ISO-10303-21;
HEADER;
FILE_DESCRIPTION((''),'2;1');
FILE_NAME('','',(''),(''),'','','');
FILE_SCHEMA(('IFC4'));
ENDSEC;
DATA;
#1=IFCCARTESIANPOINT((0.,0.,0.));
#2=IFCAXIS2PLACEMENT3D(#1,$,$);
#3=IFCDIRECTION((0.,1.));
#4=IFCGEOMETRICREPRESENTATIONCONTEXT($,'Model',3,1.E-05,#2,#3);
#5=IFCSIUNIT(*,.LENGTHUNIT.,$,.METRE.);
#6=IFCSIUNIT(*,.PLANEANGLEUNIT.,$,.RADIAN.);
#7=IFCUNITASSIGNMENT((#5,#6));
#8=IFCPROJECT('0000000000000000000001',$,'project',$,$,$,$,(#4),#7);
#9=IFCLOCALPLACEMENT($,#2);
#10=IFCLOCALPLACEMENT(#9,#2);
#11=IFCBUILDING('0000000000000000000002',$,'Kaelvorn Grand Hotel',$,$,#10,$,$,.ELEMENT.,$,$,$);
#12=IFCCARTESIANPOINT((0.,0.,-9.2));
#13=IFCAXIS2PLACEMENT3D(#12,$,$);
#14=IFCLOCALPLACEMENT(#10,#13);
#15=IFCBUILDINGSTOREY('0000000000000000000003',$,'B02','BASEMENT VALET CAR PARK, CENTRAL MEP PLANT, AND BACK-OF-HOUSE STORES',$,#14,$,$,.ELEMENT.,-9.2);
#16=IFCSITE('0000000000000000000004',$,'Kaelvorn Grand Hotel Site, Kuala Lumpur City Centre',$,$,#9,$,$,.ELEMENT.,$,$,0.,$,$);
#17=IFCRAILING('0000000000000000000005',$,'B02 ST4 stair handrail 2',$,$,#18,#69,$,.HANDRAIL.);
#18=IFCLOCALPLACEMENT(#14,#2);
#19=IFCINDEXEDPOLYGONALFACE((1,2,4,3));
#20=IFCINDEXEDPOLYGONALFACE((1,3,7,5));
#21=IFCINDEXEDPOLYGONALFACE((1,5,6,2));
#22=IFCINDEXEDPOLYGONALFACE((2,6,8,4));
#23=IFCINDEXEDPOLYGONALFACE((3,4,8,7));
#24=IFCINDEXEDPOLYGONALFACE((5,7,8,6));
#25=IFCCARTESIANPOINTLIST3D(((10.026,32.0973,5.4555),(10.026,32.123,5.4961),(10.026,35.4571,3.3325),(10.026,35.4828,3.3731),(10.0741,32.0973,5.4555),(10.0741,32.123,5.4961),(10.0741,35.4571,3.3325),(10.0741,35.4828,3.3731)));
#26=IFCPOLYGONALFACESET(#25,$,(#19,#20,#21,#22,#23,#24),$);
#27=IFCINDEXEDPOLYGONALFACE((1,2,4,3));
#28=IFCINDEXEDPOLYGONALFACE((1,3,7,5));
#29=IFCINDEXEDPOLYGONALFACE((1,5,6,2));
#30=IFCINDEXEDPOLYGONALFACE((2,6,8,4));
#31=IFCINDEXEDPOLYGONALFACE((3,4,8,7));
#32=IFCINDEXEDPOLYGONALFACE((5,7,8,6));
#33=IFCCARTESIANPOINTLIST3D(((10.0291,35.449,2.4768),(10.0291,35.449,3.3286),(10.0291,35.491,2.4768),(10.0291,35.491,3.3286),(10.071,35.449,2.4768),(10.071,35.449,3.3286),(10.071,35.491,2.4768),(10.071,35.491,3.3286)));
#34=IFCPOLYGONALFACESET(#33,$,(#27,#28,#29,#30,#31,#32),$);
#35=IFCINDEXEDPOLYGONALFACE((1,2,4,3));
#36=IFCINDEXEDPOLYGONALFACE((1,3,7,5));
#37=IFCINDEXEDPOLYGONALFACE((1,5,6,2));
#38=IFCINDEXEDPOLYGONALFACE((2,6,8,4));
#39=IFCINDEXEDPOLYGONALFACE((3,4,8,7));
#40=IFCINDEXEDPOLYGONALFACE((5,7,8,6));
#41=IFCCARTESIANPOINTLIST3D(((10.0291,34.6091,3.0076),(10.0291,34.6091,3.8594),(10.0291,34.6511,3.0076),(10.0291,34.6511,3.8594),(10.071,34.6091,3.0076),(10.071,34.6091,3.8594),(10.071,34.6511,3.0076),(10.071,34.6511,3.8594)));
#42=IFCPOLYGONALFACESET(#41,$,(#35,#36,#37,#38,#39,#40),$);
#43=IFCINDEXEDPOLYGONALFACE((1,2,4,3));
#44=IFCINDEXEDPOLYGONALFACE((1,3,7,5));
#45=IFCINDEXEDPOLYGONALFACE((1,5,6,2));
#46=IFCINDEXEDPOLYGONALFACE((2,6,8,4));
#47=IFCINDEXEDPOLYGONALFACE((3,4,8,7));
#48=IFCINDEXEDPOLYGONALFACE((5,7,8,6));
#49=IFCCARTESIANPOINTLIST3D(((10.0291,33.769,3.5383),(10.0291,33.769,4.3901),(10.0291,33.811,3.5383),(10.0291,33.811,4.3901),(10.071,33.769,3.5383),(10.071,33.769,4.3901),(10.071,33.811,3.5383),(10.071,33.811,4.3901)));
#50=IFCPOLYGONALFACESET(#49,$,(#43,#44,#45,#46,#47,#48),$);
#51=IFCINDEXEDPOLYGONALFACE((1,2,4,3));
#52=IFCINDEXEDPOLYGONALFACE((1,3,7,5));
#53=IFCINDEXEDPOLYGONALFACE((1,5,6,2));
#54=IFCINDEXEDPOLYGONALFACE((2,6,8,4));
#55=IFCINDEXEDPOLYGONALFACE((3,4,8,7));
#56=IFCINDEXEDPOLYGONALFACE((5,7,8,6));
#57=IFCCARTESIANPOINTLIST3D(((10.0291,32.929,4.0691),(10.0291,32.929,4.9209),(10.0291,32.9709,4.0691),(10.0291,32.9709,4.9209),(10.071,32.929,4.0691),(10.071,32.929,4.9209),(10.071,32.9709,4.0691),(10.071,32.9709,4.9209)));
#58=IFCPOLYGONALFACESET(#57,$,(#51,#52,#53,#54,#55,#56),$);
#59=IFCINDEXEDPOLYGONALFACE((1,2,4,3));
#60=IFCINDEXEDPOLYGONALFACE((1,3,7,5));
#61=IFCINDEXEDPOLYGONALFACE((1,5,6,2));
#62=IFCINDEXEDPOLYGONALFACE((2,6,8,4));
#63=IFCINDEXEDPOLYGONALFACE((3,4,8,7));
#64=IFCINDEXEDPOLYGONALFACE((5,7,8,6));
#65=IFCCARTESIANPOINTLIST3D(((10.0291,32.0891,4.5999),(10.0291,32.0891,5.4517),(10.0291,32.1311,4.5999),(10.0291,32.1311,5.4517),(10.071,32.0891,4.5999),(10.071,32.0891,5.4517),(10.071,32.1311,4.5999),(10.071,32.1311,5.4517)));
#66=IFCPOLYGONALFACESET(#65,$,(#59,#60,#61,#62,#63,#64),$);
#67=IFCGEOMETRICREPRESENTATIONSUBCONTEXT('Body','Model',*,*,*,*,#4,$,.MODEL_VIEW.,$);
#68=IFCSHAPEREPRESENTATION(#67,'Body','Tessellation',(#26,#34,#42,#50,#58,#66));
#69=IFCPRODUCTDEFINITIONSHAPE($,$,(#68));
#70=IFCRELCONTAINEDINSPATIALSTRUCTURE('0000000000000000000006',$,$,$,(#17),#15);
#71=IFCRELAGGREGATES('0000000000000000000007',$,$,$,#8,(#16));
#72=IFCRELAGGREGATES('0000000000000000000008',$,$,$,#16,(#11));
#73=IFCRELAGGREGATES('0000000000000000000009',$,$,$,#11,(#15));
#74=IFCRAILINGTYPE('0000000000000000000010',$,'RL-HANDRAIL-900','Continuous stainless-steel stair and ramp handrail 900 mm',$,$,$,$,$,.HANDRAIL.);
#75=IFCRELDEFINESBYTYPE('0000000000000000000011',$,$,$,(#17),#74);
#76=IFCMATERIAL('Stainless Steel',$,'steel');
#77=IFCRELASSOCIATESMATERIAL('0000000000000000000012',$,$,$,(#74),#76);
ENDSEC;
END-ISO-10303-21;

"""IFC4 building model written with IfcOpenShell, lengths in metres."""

from ifc_helpers import new_model, si_unit, direction, frame, origin, origin_2d, place, context, subcontext, project, spatial, rectangle, extrude, material, type_object, element, save


model = new_model("IFC4")

# Units and contexts
model_context = context("Model", 3, precision=1e-05, world=origin(), true_north=direction((0.0, 1.0)))
body_context = subcontext(model_context, "Body", "Model", "MODEL_VIEW")
ifc_project = project(units=[si_unit("LENGTHUNIT", "METRE"), si_unit("PLANEANGLEUNIT", "RADIAN")], contexts=[model_context])

# Site, building, storey
site_placement = place(None, origin())
site = spatial("IfcSite", under=ifc_project, at=site_placement, Name="Kaelvorn Grand Hotel Site, Kuala Lumpur City Centre", CompositionType="ELEMENT", RefElevation=0.0)
building_placement = place(site_placement, origin())
building = spatial("IfcBuilding", under=site, at=building_placement, Name="Kaelvorn Grand Hotel", CompositionType="ELEMENT")
storey_placement = place(building_placement, frame((0.0, 0.0, -9.2)))
storey = spatial("IfcBuildingStorey", under=building, at=storey_placement, Name="B02", Description="BASEMENT VALET CAR PARK, CENTRAL MEP PLANT, AND BACK-OF-HOUSE STORES", CompositionType="ELEMENT", Elevation=-9.2)

# Railing
ifc_material_1 = material(Name="Stainless Steel", Category="steel")
railing_type = type_object("IfcRailingType", Name="RL-HANDRAIL-900", Description="Continuous stainless-steel stair and ramp handrail 900 mm", PredefinedType="HANDRAIL", material=ifc_material_1)
railing_placement = place(storey_placement, frame((10.05, 35.47, 2.4768)))
element("IfcRailing", 1, at=railing_placement, inside=storey, type_object=railing_type, Name="B02 ST4 stair handrail 2", PredefinedType="HANDRAIL", context=body_context, shape_type="SweptSolid", body=[
    extrude(rectangle(XDim=0.0481, YDim=0.0481, at=origin_2d()), frame((0.0, 0.0, 0.876), z_axis=(0.0, -0.845372, 0.534178), x_axis=(1.0, 0.0, 0.0)), (0.0, 0.0, 1.0), 3.9744),
    extrude(rectangle(XDim=0.042, YDim=0.042, at=origin_2d()), origin(), (0.0, 0.0, 1.0), 0.8518),
    extrude(rectangle(XDim=0.042, YDim=0.042, at=origin_2d()), frame((0.0, -0.8398, 0.5308)), (0.0, 0.0, 1.0), 0.8518),
    extrude(rectangle(XDim=0.042, YDim=0.042, at=origin_2d()), frame((0.0, -1.6799, 1.0615)), (0.0, 0.0, 1.0), 0.8518),
    extrude(rectangle(XDim=0.042, YDim=0.042, at=origin_2d()), frame((0.0, -2.52, 1.5923)), (0.0, 0.0, 1.0), 0.8518),
    extrude(rectangle(XDim=0.042, YDim=0.042, at=origin_2d()), frame((0.0, -3.3599, 2.123)), (0.0, 0.0, 1.0), 0.8518),
])

save(model, "model.ifc")
